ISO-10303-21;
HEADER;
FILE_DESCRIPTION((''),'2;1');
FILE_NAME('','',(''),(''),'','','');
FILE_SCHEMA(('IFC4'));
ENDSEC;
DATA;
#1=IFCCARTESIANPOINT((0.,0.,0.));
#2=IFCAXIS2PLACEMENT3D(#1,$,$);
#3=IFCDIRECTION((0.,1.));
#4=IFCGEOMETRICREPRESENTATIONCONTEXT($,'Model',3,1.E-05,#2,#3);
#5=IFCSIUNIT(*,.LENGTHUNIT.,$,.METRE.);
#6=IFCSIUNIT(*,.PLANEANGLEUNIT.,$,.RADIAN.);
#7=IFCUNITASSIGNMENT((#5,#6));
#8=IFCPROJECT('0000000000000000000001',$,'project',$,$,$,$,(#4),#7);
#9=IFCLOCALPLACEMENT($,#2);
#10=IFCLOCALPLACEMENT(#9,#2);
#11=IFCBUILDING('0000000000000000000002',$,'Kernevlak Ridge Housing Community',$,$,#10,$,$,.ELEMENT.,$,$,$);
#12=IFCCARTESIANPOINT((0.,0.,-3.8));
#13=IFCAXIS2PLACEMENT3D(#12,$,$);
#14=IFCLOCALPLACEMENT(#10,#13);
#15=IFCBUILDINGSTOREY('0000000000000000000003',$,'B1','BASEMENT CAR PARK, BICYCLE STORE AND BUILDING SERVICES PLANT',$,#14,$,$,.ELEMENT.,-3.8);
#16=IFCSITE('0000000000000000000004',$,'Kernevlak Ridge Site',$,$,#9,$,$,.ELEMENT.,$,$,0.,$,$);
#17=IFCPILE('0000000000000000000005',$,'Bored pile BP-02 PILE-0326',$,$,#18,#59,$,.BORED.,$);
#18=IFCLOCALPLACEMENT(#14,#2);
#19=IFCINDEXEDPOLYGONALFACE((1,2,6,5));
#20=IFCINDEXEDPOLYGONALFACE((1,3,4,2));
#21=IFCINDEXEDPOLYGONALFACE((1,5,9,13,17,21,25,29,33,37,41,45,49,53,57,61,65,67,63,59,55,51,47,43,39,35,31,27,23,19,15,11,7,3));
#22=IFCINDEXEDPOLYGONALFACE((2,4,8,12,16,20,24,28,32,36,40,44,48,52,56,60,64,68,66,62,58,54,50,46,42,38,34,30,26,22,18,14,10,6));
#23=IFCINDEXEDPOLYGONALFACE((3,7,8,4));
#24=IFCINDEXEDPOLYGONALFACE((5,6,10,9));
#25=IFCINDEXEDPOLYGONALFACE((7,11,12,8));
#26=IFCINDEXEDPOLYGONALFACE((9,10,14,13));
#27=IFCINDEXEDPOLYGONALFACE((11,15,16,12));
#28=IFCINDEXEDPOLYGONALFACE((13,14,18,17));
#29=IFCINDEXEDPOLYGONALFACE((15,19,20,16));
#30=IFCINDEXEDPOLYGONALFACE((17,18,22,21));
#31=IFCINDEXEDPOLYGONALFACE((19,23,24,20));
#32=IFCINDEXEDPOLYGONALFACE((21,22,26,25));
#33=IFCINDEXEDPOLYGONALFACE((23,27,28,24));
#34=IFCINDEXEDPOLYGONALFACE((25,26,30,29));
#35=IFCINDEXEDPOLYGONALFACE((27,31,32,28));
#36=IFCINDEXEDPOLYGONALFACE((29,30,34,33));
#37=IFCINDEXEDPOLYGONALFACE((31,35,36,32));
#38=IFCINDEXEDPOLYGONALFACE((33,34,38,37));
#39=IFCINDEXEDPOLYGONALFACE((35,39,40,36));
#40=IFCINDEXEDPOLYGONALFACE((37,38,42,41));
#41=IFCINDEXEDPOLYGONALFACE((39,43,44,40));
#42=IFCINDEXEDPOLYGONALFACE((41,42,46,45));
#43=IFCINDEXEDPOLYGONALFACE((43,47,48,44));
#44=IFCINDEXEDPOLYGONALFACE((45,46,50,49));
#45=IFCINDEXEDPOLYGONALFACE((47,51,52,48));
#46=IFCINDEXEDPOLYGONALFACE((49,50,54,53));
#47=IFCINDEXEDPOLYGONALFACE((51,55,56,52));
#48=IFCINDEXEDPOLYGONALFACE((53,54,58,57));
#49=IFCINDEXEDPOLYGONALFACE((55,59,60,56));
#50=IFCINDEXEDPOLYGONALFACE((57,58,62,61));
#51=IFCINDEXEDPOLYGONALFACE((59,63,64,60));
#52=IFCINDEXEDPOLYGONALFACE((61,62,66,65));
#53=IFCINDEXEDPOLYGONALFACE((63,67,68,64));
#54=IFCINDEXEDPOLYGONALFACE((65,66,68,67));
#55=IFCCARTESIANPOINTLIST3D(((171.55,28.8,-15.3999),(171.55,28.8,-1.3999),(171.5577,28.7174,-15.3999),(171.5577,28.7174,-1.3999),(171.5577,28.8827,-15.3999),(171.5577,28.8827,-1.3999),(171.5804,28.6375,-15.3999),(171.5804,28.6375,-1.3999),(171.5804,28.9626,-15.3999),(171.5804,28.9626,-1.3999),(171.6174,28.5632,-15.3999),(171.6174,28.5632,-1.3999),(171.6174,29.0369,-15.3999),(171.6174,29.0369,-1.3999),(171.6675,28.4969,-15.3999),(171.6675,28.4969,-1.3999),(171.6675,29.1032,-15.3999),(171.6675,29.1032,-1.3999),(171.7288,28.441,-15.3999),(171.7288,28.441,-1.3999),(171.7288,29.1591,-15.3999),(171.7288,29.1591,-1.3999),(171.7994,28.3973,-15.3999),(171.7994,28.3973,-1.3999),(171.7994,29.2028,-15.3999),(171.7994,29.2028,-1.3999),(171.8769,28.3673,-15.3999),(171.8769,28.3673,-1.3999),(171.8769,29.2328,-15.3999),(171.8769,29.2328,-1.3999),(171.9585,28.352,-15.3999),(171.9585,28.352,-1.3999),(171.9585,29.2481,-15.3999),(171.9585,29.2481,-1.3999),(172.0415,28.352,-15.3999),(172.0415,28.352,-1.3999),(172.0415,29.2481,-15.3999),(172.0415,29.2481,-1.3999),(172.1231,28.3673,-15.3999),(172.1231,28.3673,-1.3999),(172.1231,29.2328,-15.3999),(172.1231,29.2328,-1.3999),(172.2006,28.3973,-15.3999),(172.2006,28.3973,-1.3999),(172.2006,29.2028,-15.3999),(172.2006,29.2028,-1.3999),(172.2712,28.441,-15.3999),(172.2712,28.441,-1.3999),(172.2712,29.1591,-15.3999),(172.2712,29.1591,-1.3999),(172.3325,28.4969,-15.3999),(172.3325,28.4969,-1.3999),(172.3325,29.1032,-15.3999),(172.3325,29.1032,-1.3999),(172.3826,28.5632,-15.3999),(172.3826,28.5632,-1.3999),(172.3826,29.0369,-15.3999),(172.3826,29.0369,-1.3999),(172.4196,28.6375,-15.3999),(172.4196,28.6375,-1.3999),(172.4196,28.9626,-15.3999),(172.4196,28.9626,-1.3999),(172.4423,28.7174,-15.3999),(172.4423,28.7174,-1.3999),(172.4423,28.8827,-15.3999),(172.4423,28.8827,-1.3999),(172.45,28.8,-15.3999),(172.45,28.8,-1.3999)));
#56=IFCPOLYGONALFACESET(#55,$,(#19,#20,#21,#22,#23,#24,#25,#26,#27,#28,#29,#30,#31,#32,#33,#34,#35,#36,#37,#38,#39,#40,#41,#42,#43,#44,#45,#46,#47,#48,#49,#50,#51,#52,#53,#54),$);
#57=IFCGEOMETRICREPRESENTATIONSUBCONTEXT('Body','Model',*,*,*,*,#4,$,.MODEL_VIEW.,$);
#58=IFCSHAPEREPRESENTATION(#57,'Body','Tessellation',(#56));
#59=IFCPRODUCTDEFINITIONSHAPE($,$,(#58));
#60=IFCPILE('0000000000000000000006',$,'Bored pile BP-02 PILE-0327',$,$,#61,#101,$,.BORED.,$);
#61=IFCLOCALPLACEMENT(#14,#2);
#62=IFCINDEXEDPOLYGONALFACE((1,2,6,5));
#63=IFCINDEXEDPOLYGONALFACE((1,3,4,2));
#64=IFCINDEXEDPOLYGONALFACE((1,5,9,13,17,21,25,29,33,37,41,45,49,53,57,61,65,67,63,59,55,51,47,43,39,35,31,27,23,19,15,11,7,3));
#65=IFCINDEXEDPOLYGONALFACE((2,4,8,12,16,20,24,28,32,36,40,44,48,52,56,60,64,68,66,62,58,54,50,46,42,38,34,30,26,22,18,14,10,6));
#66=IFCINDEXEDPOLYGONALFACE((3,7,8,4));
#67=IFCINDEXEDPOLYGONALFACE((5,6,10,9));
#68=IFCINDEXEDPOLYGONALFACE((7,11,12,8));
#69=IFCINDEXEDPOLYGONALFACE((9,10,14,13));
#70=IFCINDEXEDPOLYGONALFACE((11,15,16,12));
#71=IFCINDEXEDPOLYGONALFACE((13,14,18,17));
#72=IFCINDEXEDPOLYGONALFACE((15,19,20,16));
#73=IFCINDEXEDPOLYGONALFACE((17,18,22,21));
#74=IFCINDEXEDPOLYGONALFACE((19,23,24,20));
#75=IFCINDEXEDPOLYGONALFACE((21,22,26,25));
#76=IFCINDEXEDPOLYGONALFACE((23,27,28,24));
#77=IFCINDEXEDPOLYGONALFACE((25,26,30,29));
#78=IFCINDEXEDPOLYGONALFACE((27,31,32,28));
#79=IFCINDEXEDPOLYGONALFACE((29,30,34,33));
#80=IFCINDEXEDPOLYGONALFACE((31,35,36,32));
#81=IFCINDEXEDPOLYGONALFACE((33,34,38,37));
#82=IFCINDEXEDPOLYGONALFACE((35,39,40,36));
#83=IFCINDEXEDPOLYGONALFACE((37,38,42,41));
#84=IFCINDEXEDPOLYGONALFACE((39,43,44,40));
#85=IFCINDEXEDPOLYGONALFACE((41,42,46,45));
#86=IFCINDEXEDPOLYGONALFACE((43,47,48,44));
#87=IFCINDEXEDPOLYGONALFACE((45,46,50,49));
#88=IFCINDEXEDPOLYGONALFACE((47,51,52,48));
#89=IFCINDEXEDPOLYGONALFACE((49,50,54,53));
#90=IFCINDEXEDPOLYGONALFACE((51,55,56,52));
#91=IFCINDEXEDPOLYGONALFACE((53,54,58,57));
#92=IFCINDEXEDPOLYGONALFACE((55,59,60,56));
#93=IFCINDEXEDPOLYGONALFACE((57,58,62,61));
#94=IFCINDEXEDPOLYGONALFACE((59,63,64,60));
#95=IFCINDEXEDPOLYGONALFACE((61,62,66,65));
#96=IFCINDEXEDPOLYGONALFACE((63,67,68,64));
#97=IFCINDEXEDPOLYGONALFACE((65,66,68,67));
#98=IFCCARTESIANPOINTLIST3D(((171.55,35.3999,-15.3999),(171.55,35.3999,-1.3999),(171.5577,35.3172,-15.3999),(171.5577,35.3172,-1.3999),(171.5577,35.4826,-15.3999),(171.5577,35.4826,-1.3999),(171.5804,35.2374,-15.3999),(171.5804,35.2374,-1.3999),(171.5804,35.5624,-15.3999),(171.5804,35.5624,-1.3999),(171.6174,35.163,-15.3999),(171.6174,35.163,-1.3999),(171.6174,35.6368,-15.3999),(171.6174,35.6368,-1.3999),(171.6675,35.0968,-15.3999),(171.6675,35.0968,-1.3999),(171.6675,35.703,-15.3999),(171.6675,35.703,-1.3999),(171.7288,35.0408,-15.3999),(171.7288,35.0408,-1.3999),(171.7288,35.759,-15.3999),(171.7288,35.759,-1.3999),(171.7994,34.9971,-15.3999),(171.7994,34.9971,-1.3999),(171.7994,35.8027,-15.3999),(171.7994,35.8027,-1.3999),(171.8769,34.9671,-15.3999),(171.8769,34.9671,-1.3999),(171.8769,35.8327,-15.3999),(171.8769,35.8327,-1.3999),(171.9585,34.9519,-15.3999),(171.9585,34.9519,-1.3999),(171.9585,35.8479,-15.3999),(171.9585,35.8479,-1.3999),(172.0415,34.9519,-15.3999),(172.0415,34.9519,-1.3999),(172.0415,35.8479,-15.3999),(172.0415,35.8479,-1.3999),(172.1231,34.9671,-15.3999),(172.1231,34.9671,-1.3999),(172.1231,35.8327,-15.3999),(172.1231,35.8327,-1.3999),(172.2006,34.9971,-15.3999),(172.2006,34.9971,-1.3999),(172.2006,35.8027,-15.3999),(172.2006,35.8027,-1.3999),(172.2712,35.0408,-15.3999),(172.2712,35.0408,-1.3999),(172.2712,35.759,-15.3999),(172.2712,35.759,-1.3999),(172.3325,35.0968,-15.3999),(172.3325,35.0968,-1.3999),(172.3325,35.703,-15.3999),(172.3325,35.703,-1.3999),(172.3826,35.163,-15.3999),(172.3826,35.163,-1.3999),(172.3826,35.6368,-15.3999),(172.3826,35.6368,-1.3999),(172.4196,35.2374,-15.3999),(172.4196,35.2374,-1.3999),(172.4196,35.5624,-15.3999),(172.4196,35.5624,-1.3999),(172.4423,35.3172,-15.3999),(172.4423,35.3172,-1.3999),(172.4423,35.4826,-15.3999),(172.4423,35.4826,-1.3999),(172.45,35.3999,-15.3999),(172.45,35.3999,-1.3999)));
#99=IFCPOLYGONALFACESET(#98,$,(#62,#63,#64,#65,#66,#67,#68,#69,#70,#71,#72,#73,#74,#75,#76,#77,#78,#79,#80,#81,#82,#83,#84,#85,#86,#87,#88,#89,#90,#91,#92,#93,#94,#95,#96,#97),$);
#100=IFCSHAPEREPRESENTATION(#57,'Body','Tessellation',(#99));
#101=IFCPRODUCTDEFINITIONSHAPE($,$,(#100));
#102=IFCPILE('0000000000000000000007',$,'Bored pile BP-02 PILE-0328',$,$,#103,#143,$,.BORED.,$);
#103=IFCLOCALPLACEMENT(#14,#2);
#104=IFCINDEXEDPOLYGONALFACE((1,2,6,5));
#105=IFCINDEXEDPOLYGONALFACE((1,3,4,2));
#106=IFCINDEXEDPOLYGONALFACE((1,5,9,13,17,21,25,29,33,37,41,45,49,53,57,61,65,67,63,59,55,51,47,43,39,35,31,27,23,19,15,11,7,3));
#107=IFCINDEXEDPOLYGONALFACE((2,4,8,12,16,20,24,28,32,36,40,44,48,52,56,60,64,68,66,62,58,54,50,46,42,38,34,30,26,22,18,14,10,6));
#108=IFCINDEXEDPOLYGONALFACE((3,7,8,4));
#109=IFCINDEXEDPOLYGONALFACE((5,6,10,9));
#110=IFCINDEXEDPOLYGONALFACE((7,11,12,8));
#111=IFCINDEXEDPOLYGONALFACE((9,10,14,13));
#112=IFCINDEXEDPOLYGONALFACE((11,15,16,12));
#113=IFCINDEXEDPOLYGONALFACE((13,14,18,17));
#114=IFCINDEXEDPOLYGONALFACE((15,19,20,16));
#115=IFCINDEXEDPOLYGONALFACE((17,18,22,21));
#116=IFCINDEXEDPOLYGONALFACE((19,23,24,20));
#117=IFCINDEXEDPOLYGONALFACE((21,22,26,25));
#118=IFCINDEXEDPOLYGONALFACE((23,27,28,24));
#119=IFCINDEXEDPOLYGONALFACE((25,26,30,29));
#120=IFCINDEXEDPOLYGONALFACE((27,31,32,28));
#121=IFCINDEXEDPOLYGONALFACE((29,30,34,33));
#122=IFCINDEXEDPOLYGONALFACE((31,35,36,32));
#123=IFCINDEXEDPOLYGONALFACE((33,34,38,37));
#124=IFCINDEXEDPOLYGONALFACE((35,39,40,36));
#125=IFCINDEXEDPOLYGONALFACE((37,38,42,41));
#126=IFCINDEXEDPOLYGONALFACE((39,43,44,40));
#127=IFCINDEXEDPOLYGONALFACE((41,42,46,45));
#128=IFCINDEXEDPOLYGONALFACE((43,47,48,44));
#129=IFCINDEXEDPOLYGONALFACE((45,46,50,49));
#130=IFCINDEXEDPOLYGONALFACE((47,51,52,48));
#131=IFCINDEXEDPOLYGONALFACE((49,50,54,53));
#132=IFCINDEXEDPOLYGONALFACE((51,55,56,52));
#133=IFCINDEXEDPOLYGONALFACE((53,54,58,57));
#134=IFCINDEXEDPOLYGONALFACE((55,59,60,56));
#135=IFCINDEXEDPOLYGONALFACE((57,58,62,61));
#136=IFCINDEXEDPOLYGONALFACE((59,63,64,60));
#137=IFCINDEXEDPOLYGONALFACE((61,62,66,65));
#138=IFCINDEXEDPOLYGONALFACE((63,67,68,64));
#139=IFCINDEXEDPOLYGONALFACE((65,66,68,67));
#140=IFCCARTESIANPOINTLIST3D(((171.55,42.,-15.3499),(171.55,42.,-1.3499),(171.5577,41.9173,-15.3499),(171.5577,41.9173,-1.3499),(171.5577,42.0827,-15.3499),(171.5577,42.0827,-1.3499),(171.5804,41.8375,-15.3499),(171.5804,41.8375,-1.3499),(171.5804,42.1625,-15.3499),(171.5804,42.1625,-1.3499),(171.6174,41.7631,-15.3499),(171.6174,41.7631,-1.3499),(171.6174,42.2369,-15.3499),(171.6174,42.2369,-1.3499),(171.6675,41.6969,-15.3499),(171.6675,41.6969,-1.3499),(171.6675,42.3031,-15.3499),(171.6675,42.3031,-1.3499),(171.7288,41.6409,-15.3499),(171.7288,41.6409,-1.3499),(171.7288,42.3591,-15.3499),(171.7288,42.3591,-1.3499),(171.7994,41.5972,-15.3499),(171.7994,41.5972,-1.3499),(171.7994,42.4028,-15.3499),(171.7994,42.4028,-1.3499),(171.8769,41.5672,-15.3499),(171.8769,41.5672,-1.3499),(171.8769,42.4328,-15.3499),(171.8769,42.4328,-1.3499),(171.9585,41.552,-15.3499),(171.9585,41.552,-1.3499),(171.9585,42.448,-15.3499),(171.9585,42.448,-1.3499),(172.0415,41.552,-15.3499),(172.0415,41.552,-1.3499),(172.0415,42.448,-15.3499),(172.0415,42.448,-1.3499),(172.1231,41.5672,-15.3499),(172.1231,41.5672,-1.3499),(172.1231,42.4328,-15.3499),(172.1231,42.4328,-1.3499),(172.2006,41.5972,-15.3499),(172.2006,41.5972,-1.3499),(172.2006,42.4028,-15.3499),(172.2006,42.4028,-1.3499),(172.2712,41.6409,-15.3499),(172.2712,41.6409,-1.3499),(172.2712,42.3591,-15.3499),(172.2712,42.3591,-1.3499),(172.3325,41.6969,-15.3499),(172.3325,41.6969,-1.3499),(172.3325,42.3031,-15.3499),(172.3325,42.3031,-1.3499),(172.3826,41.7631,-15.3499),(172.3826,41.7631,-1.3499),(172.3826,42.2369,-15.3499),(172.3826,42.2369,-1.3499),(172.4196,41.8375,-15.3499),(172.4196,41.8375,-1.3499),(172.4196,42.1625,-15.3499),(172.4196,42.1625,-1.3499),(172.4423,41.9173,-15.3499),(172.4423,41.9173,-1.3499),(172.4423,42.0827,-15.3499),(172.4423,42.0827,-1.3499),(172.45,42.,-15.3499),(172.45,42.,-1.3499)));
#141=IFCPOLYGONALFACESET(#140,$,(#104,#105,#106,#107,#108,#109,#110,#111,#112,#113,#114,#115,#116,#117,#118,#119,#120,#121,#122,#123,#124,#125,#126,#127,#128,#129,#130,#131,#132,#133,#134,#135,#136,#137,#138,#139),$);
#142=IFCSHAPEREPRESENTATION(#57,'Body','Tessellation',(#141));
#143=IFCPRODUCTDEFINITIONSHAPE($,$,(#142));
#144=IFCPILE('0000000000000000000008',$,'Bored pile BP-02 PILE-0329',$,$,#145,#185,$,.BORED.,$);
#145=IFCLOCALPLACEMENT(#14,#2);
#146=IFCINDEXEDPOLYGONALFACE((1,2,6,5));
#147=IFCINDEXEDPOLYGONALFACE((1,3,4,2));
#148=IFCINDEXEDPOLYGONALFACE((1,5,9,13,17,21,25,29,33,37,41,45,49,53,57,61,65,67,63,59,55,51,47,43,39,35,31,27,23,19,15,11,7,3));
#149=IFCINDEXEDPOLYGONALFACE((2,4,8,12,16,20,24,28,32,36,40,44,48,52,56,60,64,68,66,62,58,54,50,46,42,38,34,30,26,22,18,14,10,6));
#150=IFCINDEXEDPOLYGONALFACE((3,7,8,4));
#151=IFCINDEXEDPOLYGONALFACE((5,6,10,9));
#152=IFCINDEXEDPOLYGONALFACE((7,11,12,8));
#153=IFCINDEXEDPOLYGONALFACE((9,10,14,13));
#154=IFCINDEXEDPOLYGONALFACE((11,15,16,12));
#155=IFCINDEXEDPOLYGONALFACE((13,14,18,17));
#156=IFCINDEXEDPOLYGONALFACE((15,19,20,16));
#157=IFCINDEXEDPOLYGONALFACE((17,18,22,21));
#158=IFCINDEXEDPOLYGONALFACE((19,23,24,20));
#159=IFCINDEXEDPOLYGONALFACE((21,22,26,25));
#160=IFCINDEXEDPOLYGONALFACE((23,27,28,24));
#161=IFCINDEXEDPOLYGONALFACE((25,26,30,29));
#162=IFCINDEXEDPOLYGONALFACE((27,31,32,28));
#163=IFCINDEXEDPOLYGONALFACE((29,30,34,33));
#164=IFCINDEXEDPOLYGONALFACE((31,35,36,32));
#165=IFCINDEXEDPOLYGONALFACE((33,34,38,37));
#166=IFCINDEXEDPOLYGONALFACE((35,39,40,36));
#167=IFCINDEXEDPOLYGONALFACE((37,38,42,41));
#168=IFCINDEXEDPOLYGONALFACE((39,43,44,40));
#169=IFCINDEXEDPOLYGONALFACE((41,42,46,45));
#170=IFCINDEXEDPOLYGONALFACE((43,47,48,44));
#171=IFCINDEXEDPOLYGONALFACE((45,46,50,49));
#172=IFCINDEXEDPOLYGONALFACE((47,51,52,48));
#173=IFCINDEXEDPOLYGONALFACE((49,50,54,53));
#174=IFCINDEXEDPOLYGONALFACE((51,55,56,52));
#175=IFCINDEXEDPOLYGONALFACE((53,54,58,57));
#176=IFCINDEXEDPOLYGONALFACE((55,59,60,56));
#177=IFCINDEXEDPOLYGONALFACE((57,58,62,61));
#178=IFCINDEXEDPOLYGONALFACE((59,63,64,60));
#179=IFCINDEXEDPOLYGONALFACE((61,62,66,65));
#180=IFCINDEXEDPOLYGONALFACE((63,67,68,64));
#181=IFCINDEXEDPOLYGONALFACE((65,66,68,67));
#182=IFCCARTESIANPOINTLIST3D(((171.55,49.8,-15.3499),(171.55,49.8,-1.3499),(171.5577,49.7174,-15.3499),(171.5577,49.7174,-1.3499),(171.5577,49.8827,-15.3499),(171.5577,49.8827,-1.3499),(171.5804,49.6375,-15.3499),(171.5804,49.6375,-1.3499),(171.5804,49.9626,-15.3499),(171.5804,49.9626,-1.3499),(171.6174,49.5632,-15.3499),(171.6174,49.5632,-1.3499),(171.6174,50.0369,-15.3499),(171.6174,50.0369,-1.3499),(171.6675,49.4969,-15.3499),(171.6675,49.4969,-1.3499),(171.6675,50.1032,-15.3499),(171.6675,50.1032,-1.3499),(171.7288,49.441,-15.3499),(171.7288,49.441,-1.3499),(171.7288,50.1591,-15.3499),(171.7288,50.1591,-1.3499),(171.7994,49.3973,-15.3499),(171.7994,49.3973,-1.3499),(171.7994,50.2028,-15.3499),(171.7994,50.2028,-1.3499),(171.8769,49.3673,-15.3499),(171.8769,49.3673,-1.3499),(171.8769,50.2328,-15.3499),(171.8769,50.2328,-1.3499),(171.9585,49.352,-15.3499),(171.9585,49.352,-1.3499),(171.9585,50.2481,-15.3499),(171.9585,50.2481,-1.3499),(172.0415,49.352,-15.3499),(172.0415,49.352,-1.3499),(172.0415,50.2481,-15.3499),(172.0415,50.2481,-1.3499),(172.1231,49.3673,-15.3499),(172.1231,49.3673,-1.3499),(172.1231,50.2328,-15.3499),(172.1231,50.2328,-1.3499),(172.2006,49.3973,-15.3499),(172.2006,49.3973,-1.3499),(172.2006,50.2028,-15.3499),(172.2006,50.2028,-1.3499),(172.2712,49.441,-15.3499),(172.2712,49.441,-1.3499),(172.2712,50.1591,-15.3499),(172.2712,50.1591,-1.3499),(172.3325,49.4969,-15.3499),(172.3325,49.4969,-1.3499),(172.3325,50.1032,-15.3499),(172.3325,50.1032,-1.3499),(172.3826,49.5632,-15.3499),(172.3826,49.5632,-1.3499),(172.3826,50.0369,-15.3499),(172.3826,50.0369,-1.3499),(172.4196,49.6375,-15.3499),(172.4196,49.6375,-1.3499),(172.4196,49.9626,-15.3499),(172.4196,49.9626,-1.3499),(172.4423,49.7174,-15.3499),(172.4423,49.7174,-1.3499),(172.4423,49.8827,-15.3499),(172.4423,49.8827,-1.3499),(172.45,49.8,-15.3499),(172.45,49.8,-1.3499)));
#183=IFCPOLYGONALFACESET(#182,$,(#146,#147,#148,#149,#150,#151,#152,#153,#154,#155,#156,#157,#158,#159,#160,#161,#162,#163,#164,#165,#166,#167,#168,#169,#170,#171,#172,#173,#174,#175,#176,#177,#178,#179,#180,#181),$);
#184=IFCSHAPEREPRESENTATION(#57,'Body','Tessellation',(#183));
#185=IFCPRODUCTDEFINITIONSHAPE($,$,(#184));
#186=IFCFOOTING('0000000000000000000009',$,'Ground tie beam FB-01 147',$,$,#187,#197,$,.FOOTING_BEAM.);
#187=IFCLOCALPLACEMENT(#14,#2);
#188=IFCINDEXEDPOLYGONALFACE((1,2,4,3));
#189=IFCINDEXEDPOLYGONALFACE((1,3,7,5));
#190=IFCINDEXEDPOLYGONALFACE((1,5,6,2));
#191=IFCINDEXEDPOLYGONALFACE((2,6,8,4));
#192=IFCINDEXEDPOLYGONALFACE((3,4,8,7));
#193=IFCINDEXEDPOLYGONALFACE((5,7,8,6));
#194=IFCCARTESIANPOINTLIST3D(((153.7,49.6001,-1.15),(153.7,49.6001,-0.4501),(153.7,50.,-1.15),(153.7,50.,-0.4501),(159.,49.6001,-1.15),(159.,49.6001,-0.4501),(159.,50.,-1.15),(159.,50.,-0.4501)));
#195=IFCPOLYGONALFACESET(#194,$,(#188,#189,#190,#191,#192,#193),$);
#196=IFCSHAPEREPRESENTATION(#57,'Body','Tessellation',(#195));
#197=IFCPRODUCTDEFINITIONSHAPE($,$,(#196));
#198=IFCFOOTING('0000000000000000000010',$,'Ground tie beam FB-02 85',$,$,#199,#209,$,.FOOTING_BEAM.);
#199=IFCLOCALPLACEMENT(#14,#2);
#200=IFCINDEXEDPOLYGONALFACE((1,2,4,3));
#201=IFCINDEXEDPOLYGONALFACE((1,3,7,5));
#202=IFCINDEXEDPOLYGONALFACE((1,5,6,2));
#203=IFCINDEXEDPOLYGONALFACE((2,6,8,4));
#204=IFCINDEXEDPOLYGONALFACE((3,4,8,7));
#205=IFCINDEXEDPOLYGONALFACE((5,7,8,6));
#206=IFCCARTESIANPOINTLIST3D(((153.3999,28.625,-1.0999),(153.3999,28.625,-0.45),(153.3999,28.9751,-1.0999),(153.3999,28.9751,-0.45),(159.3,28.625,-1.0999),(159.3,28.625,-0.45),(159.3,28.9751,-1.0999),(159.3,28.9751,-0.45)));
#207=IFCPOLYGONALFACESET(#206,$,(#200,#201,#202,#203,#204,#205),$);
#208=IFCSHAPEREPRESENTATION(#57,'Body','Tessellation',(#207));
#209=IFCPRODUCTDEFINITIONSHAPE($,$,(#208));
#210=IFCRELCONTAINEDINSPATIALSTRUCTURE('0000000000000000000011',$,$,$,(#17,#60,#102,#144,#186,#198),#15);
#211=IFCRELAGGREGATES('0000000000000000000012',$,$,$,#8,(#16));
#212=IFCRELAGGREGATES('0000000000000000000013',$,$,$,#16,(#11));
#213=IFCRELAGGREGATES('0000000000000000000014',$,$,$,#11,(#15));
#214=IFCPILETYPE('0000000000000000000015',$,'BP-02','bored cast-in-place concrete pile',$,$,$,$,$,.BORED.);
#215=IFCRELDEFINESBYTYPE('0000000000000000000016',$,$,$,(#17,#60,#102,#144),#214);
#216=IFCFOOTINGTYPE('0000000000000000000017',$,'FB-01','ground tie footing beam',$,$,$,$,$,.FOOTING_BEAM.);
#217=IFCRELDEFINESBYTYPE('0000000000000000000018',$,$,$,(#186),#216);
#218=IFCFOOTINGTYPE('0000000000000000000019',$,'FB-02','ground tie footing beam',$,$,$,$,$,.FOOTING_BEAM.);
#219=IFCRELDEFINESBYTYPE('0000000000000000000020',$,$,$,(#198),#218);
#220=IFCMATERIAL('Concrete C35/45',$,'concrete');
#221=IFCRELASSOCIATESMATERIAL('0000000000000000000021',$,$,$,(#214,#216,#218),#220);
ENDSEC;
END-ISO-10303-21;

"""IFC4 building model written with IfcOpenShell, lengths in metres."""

from ifc_helpers import new_model, si_unit, direction, frame, origin, origin_2d, place, context, subcontext, project, spatial, rectangle, circle, extrude, material, material_profile, profile_set, type_object, element, save


model = new_model("IFC4")

# Units and contexts
model_context = context("Model", 3, precision=1e-05, world=origin(), true_north=direction((0.0, 1.0)))
body_context = subcontext(model_context, "Body", "Model", "MODEL_VIEW")
ifc_project = project(units=[si_unit("LENGTHUNIT", "METRE"), si_unit("PLANEANGLEUNIT", "RADIAN")], contexts=[model_context])

# Site, building, storey
site_placement = place(None, origin())
site = spatial("IfcSite", under=ifc_project, at=site_placement, Name="Kernevlak Ridge Site", CompositionType="ELEMENT", RefElevation=0.0)
building_placement = place(site_placement, origin())
building = spatial("IfcBuilding", under=site, at=building_placement, Name="Kernevlak Ridge Housing Community", CompositionType="ELEMENT")
storey_placement = place(building_placement, frame((0.0, 0.0, -3.8)))
storey = spatial("IfcBuildingStorey", under=building, at=storey_placement, Name="B1", Description="BASEMENT CAR PARK, BICYCLE STORE AND BUILDING SERVICES PLANT", CompositionType="ELEMENT", Elevation=-3.8)

# Piles
ifc_material_1 = material(Name="Concrete C35/45", Category="concrete")
ifc_material_profile_1 = material_profile(ifc_material_1, circle(Radius=0.45, at=origin_2d()), Name="BORED PILE 900")
ifc_profile_set_1 = profile_set([ifc_material_profile_1], Name="Concrete C35/45")
pile_type = type_object("IfcPileType", Name="BP-02", Description="bored cast-in-place concrete pile", PredefinedType="BORED", material=ifc_profile_set_1)
for number, where, z_axis, x_axis, name in (
    (1, (172.0, 28.8, -1.3999), (0.0, 0.0, -1.0), (1.0, 0.0, 0.0), "Bored pile BP-02 PILE-0326"),
    (2, (172.0, 35.3999, -1.3999), (0.0, 0.0, -1.0), (1.0, 0.0, 0.0), "Bored pile BP-02 PILE-0327"),
    (3, (172.0, 42.0, -1.3499), (0.0, 0.0, -1.0), (1.0, 0.0, 0.0), "Bored pile BP-02 PILE-0328"),
    (4, (172.0, 49.8, -1.3499), (0.0, 0.0, -1.0), (1.0, 0.0, 0.0), "Bored pile BP-02 PILE-0329"),
):
    element("IfcPile", number, at=place(storey_placement, frame(where, z_axis=z_axis, x_axis=x_axis)), inside=storey, type_object=pile_type, Name=name, PredefinedType="BORED", context=body_context, shape_type="SweptSolid", body=[
        extrude(circle(Radius=0.45, at=origin_2d()), origin(), (0.0, 0.0, 1.0), 14.0),
    ])

# Footings
ifc_material_profile_2 = material_profile(ifc_material_1, rectangle(XDim=0.3999, YDim=0.7, at=origin_2d()), Name="RC 400x700")
ifc_profile_set_2 = profile_set([ifc_material_profile_2], Name="Concrete C35/45")
footing_type_1 = type_object("IfcFootingType", Name="FB-01", Description="ground tie footing beam", PredefinedType="FOOTING_BEAM", material=ifc_profile_set_2)
footing_1_placement = place(storey_placement, frame((153.7, 49.8, -0.8), z_axis=(1.0, 0.0, 0.0), x_axis=(0.0, 1.0, 0.0)))
element("IfcFooting", 5, at=footing_1_placement, inside=storey, type_object=footing_type_1, Name="Ground tie beam FB-01 147", PredefinedType="FOOTING_BEAM", context=body_context, shape_type="SweptSolid", body=[
    extrude(rectangle(XDim=0.3999, YDim=0.7, at=origin_2d()), origin(), (0.0, 0.0, 1.0), 5.3),
])
ifc_material_profile_3 = material_profile(ifc_material_1, rectangle(XDim=0.3501, YDim=0.6499, at=origin_2d()), Name="RC 350x650")
ifc_profile_set_3 = profile_set([ifc_material_profile_3], Name="Concrete C35/45")
footing_type_2 = type_object("IfcFootingType", Name="FB-02", Description="ground tie footing beam", PredefinedType="FOOTING_BEAM", material=ifc_profile_set_3)
footing_2_placement = place(storey_placement, frame((153.3999, 28.8, -0.7749), z_axis=(1.0, 0.0, 0.0), x_axis=(0.0, 1.0, 0.0)))
element("IfcFooting", 6, at=footing_2_placement, inside=storey, type_object=footing_type_2, Name="Ground tie beam FB-02 85", PredefinedType="FOOTING_BEAM", context=body_context, shape_type="SweptSolid", body=[
    extrude(rectangle(XDim=0.3501, YDim=0.6499, at=origin_2d()), origin(), (0.0, 0.0, 1.0), 5.9001),
])

save(model, "model.ifc")
